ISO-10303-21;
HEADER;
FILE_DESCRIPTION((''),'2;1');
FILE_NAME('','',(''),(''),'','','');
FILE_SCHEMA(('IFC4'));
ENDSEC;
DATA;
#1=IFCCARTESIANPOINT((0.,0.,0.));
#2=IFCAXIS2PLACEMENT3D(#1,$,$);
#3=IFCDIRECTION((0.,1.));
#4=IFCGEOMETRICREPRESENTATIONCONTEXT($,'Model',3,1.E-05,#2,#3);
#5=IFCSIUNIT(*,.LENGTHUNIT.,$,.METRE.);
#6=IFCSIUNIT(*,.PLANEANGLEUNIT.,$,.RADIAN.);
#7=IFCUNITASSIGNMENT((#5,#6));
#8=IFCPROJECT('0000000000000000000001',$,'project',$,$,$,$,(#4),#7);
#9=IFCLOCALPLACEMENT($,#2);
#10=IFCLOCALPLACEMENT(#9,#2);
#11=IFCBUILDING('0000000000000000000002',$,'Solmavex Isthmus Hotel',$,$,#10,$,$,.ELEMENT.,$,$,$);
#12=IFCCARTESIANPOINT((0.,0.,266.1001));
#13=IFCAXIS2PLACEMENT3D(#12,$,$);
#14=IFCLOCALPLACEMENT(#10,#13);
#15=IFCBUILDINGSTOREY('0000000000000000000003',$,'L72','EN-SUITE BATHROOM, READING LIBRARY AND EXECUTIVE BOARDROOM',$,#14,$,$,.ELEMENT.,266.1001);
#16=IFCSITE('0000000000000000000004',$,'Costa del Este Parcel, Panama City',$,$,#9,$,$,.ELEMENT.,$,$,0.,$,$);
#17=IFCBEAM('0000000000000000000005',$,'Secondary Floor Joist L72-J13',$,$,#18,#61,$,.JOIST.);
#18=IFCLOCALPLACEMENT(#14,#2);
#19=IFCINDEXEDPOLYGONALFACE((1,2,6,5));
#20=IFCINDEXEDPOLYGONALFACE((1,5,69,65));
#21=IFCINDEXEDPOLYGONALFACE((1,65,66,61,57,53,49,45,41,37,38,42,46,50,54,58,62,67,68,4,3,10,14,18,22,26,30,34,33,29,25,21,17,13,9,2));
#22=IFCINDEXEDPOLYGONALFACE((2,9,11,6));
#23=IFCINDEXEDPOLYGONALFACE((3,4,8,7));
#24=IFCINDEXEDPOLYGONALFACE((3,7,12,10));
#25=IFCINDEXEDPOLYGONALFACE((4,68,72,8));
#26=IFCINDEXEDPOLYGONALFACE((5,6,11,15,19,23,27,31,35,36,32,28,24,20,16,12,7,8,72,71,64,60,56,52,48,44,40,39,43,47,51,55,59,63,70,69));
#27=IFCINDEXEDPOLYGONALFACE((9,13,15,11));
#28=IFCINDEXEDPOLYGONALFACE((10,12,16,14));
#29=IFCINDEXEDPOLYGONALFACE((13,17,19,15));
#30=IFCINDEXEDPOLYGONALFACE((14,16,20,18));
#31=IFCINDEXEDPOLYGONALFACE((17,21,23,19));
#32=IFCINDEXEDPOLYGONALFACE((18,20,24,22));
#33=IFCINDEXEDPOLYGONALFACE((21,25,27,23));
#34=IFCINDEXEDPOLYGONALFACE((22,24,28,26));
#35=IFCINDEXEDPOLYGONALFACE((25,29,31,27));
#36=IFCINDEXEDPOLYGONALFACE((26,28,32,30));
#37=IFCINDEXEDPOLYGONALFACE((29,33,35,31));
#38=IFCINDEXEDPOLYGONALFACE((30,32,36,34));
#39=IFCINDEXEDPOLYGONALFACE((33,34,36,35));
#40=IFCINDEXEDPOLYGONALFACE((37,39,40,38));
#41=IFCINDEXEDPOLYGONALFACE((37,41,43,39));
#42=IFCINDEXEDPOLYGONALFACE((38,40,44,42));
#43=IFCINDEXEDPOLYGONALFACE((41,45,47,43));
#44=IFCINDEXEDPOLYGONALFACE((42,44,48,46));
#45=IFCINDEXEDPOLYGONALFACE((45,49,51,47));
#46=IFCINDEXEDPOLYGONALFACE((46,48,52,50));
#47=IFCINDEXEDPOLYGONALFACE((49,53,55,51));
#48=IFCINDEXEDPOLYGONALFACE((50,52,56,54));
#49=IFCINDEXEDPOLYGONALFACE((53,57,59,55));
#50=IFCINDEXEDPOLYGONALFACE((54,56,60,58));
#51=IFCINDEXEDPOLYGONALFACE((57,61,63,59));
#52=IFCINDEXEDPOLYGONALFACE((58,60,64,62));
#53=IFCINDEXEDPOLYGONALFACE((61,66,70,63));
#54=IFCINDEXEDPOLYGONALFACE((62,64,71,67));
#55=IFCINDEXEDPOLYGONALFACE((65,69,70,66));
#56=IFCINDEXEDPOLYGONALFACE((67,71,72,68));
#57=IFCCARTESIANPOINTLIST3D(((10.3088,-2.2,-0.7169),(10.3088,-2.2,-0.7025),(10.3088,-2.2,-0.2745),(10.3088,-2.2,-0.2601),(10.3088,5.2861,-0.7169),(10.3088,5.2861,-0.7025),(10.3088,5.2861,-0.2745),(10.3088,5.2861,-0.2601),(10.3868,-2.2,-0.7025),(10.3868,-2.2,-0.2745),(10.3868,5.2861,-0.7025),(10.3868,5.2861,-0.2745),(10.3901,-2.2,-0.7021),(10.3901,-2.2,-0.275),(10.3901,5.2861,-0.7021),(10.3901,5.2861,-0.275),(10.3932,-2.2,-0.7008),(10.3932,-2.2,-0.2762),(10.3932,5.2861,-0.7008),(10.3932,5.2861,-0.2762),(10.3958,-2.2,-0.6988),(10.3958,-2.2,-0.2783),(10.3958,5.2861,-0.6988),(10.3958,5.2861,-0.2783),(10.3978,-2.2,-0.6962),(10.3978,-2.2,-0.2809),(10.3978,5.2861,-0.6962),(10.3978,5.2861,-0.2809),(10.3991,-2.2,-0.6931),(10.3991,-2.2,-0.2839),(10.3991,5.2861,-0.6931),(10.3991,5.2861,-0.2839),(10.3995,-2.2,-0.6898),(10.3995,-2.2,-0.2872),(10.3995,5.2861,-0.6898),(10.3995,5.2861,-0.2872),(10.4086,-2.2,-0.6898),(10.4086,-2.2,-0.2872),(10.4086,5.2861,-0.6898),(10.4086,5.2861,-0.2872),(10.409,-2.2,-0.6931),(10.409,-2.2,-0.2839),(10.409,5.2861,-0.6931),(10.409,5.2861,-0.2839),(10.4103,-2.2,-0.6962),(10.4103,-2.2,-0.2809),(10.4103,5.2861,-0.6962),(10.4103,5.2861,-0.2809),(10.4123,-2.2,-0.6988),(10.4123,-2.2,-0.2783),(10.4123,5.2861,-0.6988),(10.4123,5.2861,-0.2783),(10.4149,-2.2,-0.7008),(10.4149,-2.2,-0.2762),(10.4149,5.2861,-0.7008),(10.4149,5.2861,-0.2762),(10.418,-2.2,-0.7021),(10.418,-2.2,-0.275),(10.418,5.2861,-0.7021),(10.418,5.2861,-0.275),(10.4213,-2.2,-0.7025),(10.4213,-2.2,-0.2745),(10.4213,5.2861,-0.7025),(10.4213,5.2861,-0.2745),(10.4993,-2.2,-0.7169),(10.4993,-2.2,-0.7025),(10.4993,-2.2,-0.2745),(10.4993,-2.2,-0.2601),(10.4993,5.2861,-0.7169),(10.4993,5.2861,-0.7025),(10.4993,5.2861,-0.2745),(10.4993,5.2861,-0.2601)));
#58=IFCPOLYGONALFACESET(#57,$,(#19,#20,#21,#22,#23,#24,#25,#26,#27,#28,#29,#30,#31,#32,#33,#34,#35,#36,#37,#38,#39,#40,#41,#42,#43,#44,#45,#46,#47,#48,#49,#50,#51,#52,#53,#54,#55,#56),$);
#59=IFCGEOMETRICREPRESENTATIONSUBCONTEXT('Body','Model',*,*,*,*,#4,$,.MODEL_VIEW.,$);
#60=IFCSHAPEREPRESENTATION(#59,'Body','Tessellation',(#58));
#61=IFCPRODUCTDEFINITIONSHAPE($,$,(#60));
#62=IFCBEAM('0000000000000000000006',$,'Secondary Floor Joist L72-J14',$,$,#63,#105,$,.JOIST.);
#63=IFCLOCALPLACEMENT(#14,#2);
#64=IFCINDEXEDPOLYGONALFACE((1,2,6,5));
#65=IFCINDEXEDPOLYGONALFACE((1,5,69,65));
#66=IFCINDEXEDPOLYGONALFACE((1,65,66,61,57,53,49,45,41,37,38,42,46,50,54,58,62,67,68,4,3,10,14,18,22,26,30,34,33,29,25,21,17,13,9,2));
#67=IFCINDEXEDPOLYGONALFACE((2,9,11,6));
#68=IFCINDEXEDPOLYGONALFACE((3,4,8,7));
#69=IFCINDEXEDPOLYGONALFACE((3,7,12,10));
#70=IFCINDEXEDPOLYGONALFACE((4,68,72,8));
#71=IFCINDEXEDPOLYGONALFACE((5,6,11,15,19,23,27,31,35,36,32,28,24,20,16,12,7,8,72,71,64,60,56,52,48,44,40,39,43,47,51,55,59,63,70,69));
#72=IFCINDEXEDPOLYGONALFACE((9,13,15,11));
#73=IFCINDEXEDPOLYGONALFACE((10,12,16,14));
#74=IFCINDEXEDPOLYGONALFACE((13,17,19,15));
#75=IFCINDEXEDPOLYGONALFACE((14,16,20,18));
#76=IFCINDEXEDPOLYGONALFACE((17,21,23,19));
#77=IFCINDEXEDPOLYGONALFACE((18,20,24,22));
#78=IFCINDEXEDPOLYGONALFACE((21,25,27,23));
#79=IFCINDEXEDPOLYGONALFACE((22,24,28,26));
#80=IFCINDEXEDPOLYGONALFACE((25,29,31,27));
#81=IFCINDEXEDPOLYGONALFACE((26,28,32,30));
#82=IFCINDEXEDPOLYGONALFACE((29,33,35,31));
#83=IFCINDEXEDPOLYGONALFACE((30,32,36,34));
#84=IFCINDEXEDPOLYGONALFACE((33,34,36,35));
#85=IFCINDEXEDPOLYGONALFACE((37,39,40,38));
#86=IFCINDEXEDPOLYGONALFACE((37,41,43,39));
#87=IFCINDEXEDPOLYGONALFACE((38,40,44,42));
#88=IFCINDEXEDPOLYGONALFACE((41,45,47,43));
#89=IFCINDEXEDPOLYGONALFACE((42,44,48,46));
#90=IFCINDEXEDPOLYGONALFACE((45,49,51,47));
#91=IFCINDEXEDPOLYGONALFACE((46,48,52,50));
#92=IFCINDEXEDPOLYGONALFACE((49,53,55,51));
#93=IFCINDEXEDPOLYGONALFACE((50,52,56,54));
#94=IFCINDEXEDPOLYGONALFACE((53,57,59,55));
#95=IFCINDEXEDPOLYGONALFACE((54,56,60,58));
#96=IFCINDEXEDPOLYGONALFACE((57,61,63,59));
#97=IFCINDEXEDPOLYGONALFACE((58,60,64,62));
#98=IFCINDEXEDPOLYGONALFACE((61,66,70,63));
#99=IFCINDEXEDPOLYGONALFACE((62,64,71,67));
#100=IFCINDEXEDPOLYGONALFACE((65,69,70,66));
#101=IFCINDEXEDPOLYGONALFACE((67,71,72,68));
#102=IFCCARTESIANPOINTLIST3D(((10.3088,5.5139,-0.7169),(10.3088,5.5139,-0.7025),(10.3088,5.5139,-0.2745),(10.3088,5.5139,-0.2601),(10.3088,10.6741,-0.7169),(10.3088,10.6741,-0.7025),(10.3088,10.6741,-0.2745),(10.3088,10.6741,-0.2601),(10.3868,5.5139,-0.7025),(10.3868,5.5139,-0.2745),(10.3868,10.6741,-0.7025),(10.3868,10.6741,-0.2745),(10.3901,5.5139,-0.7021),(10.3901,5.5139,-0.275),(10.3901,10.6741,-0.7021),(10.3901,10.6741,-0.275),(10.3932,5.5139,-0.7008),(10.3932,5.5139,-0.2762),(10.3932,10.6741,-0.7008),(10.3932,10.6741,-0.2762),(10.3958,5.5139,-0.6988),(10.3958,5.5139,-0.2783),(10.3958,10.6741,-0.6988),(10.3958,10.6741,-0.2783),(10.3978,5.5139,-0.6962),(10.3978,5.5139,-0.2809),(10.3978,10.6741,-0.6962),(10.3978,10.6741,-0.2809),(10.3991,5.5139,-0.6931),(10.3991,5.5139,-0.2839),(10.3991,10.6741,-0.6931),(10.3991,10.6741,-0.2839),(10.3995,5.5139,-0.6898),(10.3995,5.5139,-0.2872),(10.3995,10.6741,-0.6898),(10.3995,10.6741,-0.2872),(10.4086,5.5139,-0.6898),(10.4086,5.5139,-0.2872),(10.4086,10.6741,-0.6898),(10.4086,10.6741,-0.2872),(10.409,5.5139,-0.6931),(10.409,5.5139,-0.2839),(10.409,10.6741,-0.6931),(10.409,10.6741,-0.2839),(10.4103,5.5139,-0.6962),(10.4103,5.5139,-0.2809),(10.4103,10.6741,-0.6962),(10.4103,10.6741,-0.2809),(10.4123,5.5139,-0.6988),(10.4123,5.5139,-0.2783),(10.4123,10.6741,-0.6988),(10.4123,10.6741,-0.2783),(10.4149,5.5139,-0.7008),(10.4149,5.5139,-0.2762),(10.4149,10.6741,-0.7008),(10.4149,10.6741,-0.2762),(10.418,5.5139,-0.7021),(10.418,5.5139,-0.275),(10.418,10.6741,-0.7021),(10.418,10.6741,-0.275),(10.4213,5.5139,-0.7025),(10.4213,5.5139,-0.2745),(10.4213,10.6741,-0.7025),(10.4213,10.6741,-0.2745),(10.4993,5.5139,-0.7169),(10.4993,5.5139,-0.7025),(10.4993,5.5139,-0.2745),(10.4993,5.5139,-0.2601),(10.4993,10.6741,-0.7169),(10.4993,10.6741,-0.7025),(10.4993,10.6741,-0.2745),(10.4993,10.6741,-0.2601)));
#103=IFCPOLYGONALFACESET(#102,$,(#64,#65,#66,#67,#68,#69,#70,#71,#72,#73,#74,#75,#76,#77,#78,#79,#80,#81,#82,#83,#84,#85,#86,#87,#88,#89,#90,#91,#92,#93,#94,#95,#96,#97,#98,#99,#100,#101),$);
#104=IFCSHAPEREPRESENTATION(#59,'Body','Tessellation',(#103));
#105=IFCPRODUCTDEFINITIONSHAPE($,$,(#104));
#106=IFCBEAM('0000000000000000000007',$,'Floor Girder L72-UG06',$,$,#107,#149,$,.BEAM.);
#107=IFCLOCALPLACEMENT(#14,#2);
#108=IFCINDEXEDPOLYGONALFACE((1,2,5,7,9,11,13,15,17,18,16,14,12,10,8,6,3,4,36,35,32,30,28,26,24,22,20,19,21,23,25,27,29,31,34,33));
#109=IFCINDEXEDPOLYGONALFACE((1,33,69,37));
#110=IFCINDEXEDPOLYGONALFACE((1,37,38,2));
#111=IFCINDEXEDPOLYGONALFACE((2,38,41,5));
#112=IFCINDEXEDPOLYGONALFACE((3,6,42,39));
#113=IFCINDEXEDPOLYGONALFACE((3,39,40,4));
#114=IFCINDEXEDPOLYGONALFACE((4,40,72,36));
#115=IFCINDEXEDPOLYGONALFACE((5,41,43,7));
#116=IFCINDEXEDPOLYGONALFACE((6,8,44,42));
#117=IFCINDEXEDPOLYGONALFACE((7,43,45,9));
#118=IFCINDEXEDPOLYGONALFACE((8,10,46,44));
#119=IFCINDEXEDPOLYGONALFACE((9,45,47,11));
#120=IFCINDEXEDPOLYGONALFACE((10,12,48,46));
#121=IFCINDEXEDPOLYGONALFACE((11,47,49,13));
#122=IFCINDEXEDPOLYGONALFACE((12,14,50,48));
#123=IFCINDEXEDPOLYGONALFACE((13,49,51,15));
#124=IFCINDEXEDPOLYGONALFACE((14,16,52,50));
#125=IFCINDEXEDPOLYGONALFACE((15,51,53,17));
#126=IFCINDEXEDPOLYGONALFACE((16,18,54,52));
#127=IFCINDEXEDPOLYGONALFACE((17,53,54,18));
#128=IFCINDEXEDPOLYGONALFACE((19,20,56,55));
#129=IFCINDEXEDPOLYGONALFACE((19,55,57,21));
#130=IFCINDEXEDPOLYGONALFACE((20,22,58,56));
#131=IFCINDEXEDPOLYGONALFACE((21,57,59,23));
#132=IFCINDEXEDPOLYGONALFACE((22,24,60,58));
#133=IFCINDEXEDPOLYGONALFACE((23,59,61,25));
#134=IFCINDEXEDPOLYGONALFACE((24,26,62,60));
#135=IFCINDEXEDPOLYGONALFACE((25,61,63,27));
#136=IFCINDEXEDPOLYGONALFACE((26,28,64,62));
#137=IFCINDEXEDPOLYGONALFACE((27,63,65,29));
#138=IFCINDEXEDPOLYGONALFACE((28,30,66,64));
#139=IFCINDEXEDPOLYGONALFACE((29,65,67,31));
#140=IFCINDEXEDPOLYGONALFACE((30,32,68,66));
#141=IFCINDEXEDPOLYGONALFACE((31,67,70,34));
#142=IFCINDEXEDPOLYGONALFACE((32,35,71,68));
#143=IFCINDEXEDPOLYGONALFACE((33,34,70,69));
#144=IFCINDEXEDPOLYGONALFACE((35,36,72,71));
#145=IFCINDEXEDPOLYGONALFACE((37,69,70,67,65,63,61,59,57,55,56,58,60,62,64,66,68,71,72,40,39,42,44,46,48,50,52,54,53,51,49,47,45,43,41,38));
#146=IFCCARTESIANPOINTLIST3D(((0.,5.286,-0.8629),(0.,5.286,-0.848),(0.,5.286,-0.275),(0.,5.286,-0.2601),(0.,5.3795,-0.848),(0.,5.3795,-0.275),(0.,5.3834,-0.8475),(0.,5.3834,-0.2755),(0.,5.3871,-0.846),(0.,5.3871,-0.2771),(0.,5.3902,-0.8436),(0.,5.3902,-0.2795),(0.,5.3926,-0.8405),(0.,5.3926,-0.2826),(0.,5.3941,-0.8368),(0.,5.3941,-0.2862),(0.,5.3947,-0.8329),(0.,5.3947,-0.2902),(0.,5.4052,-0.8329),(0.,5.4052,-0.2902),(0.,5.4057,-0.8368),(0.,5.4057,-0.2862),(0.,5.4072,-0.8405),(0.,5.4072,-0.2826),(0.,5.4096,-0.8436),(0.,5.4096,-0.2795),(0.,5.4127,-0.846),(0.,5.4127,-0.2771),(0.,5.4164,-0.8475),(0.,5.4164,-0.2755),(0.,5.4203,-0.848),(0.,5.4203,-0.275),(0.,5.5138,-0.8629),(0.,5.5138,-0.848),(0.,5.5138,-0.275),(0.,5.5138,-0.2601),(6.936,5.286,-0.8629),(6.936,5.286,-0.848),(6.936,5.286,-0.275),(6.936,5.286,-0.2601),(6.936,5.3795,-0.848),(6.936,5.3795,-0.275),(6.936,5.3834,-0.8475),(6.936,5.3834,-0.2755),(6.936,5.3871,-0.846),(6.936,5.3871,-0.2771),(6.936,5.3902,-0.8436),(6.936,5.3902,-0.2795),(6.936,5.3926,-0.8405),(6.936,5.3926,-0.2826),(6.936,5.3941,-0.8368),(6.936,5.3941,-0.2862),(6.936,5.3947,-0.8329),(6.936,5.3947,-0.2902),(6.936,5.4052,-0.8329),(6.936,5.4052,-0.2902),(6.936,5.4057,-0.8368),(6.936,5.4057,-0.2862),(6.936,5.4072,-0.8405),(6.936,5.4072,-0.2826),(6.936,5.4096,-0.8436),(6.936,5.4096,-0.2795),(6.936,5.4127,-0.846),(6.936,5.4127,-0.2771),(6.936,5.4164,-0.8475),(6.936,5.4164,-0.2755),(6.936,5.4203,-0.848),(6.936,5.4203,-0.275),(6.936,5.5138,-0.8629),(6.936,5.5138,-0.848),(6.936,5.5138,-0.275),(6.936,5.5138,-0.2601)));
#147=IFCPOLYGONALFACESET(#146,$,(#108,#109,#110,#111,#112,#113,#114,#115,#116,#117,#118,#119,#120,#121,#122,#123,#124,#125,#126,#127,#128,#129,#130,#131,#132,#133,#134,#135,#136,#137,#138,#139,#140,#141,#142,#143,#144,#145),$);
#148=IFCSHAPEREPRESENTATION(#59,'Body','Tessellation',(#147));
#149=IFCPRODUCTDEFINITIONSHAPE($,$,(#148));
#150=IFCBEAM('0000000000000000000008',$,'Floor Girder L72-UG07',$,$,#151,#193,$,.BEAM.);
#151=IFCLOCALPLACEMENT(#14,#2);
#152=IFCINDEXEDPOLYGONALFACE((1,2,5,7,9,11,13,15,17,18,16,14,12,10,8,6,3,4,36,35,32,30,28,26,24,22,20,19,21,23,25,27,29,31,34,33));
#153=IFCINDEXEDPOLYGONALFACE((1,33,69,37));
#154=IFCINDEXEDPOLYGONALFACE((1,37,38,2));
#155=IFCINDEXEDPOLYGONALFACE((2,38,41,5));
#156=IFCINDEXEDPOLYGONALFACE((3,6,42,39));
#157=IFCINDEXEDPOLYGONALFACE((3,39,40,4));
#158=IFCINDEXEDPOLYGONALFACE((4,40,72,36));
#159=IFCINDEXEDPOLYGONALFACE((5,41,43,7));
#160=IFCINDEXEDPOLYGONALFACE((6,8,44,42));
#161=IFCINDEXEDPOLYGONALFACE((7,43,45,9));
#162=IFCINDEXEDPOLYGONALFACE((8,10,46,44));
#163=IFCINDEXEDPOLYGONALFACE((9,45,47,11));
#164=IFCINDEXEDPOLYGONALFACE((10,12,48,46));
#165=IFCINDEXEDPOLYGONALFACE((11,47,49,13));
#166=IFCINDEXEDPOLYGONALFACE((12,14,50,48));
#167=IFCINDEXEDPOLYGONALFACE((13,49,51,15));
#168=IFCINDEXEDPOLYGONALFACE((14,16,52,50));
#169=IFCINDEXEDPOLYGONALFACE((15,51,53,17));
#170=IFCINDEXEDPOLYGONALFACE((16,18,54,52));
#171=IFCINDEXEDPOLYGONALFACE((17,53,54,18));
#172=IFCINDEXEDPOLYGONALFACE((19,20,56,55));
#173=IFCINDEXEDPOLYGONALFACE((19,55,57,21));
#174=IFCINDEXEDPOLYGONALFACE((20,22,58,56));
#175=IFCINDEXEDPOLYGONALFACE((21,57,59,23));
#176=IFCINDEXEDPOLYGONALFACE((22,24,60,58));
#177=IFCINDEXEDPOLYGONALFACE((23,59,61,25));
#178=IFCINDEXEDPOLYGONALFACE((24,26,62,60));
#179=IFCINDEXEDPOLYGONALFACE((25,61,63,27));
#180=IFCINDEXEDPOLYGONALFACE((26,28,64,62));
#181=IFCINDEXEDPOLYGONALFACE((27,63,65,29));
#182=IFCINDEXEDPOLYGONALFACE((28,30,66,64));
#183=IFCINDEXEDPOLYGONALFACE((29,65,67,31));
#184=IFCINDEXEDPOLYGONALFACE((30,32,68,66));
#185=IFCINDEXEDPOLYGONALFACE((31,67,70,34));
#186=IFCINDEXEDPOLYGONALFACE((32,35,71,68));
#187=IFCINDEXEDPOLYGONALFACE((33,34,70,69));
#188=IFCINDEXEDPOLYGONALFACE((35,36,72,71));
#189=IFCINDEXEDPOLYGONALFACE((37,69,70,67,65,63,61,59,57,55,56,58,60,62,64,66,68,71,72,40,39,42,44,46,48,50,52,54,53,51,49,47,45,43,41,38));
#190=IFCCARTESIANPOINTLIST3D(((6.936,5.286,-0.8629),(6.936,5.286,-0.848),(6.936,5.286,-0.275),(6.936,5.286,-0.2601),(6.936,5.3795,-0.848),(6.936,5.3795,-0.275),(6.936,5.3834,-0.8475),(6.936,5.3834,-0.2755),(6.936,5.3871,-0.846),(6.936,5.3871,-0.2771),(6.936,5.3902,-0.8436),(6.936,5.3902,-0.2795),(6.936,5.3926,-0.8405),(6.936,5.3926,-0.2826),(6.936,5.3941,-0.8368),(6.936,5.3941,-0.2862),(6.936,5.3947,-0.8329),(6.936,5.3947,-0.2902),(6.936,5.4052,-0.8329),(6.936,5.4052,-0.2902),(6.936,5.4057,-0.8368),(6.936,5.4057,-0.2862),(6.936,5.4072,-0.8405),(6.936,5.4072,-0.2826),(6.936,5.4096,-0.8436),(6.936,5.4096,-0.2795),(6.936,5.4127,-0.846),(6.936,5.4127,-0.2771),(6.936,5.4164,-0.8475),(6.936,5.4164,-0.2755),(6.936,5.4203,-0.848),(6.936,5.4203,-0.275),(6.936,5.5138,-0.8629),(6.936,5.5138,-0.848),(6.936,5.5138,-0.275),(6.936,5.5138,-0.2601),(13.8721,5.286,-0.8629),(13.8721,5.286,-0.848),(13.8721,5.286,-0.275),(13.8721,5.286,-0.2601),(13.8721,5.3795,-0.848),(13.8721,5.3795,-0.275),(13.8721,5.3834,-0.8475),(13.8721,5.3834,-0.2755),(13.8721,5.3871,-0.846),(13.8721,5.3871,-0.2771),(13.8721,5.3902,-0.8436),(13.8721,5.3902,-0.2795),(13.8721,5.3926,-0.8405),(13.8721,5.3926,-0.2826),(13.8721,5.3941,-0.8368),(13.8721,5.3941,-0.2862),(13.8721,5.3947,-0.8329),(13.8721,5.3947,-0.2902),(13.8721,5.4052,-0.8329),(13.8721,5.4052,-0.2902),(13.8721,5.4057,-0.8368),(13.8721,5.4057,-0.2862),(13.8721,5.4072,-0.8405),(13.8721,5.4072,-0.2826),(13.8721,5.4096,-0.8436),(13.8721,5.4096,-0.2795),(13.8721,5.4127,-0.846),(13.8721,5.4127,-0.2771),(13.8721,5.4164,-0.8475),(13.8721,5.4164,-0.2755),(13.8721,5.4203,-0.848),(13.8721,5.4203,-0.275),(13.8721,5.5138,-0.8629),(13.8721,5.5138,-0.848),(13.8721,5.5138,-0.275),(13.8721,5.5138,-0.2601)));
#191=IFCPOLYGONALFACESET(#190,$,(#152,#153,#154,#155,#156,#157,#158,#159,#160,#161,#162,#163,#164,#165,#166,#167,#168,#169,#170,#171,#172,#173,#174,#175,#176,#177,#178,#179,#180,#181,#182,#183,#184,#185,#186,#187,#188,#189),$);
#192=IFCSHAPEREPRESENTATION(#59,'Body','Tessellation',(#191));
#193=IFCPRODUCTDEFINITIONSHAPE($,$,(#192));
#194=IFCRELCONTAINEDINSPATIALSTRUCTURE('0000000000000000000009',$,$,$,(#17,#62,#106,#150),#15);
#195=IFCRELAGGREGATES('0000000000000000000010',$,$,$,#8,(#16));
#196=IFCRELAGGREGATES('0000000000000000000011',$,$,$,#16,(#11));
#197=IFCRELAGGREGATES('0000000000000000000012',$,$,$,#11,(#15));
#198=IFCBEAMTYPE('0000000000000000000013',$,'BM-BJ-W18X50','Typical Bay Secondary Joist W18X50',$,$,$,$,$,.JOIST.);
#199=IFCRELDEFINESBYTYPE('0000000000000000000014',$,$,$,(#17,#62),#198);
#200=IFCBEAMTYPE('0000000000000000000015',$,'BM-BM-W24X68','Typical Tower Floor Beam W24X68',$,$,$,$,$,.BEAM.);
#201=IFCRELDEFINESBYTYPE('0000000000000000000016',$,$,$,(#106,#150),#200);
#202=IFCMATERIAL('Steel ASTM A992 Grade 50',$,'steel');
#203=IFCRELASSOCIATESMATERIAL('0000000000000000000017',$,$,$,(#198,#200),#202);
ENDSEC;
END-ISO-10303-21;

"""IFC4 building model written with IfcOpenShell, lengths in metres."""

from ifc_helpers import new_model, si_unit, direction, frame, origin, origin_2d, place, context, subcontext, project, spatial, i_section, extrude, material, material_profile, profile_set, type_object, element, save


model = new_model("IFC4")

# Units and contexts
model_context = context("Model", 3, precision=1e-05, world=origin(), true_north=direction((0.0, 1.0)))
body_context = subcontext(model_context, "Body", "Model", "MODEL_VIEW")
ifc_project = project(units=[si_unit("LENGTHUNIT", "METRE"), si_unit("PLANEANGLEUNIT", "RADIAN")], contexts=[model_context])

# Site, building, storey
site_placement = place(None, origin())
site = spatial("IfcSite", under=ifc_project, at=site_placement, Name="Costa del Este Parcel, Panama City", CompositionType="ELEMENT", RefElevation=0.0)
building_placement = place(site_placement, origin())
building = spatial("IfcBuilding", under=site, at=building_placement, Name="Solmavex Isthmus Hotel", CompositionType="ELEMENT")
storey_placement = place(building_placement, frame((0.0, 0.0, 266.1001)))
storey = spatial("IfcBuildingStorey", under=building, at=storey_placement, Name="L72", Description="EN-SUITE BATHROOM, READING LIBRARY AND EXECUTIVE BOARDROOM", CompositionType="ELEMENT", Elevation=266.1001)

# Beams
ifc_material_1 = material(Name="Steel ASTM A992 Grade 50", Category="steel")
ifc_material_profile_1 = material_profile(ifc_material_1, i_section(OverallWidth=0.1904, OverallDepth=0.4568, WebThickness=0.009, FlangeThickness=0.0144, FilletRadius=0.0127, at=origin_2d()), Name="W18X50")
ifc_profile_set_1 = profile_set([ifc_material_profile_1], Name="Steel ASTM A992 Grade 50")
beam_type_1 = type_object("IfcBeamType", Name="BM-BJ-W18X50", Description="Typical Bay Secondary Joist W18X50", PredefinedType="JOIST", material=ifc_profile_set_1)
beam_1_placement = place(storey_placement, frame((10.4041, -2.2, -0.4885), z_axis=(0.0, 1.0, 0.0), x_axis=(-1.0, 0.0, 0.0)))
element("IfcBeam", 1, at=beam_1_placement, inside=storey, type_object=beam_type_1, Name="Secondary Floor Joist L72-J13", PredefinedType="JOIST", context=body_context, shape_type="SweptSolid", body=[
    extrude(i_section(OverallWidth=0.1904, OverallDepth=0.4568, WebThickness=0.009, FlangeThickness=0.0144, FilletRadius=0.0127, at=origin_2d()), origin(), (0.0, 0.0, 1.0), 7.4861),
])
beam_2_placement = place(storey_placement, frame((10.4041, 5.5139, -0.4885), z_axis=(0.0, 1.0, 0.0), x_axis=(-1.0, 0.0, 0.0)))
element("IfcBeam", 2, at=beam_2_placement, inside=storey, type_object=beam_type_1, Name="Secondary Floor Joist L72-J14", PredefinedType="JOIST", context=body_context, shape_type="SweptSolid", body=[
    extrude(i_section(OverallWidth=0.1904, OverallDepth=0.4568, WebThickness=0.009, FlangeThickness=0.0144, FilletRadius=0.0127, at=origin_2d()), origin(), (0.0, 0.0, 1.0), 5.1602),
])
ifc_material_profile_2 = material_profile(ifc_material_1, i_section(OverallWidth=0.2278, OverallDepth=0.6028, WebThickness=0.0105, FlangeThickness=0.0149, FilletRadius=0.0151, at=origin_2d()), Name="W24X68")
ifc_profile_set_2 = profile_set([ifc_material_profile_2], Name="Steel ASTM A992 Grade 50")
beam_type_2 = type_object("IfcBeamType", Name="BM-BM-W24X68", Description="Typical Tower Floor Beam W24X68", PredefinedType="BEAM", material=ifc_profile_set_2)
for number, where, z_axis, x_axis, name in (
    (3, (0.0, 5.3999, -0.5615), (1.0, 0.0, 0.0), (0.0, 1.0, 0.0), "Floor Girder L72-UG06"),
    (4, (6.936, 5.3999, -0.5615), (1.0, 0.0, 0.0), (0.0, 1.0, 0.0), "Floor Girder L72-UG07"),
):
    element("IfcBeam", number, at=place(storey_placement, frame(where, z_axis=z_axis, x_axis=x_axis)), inside=storey, type_object=beam_type_2, Name=name, PredefinedType="BEAM", context=body_context, shape_type="SweptSolid", body=[
        extrude(i_section(OverallWidth=0.2278, OverallDepth=0.6028, WebThickness=0.0105, FlangeThickness=0.0149, FilletRadius=0.0151, at=origin_2d()), origin(), (0.0, 0.0, 1.0), 6.936),
    ])

save(model, "model.ifc")
